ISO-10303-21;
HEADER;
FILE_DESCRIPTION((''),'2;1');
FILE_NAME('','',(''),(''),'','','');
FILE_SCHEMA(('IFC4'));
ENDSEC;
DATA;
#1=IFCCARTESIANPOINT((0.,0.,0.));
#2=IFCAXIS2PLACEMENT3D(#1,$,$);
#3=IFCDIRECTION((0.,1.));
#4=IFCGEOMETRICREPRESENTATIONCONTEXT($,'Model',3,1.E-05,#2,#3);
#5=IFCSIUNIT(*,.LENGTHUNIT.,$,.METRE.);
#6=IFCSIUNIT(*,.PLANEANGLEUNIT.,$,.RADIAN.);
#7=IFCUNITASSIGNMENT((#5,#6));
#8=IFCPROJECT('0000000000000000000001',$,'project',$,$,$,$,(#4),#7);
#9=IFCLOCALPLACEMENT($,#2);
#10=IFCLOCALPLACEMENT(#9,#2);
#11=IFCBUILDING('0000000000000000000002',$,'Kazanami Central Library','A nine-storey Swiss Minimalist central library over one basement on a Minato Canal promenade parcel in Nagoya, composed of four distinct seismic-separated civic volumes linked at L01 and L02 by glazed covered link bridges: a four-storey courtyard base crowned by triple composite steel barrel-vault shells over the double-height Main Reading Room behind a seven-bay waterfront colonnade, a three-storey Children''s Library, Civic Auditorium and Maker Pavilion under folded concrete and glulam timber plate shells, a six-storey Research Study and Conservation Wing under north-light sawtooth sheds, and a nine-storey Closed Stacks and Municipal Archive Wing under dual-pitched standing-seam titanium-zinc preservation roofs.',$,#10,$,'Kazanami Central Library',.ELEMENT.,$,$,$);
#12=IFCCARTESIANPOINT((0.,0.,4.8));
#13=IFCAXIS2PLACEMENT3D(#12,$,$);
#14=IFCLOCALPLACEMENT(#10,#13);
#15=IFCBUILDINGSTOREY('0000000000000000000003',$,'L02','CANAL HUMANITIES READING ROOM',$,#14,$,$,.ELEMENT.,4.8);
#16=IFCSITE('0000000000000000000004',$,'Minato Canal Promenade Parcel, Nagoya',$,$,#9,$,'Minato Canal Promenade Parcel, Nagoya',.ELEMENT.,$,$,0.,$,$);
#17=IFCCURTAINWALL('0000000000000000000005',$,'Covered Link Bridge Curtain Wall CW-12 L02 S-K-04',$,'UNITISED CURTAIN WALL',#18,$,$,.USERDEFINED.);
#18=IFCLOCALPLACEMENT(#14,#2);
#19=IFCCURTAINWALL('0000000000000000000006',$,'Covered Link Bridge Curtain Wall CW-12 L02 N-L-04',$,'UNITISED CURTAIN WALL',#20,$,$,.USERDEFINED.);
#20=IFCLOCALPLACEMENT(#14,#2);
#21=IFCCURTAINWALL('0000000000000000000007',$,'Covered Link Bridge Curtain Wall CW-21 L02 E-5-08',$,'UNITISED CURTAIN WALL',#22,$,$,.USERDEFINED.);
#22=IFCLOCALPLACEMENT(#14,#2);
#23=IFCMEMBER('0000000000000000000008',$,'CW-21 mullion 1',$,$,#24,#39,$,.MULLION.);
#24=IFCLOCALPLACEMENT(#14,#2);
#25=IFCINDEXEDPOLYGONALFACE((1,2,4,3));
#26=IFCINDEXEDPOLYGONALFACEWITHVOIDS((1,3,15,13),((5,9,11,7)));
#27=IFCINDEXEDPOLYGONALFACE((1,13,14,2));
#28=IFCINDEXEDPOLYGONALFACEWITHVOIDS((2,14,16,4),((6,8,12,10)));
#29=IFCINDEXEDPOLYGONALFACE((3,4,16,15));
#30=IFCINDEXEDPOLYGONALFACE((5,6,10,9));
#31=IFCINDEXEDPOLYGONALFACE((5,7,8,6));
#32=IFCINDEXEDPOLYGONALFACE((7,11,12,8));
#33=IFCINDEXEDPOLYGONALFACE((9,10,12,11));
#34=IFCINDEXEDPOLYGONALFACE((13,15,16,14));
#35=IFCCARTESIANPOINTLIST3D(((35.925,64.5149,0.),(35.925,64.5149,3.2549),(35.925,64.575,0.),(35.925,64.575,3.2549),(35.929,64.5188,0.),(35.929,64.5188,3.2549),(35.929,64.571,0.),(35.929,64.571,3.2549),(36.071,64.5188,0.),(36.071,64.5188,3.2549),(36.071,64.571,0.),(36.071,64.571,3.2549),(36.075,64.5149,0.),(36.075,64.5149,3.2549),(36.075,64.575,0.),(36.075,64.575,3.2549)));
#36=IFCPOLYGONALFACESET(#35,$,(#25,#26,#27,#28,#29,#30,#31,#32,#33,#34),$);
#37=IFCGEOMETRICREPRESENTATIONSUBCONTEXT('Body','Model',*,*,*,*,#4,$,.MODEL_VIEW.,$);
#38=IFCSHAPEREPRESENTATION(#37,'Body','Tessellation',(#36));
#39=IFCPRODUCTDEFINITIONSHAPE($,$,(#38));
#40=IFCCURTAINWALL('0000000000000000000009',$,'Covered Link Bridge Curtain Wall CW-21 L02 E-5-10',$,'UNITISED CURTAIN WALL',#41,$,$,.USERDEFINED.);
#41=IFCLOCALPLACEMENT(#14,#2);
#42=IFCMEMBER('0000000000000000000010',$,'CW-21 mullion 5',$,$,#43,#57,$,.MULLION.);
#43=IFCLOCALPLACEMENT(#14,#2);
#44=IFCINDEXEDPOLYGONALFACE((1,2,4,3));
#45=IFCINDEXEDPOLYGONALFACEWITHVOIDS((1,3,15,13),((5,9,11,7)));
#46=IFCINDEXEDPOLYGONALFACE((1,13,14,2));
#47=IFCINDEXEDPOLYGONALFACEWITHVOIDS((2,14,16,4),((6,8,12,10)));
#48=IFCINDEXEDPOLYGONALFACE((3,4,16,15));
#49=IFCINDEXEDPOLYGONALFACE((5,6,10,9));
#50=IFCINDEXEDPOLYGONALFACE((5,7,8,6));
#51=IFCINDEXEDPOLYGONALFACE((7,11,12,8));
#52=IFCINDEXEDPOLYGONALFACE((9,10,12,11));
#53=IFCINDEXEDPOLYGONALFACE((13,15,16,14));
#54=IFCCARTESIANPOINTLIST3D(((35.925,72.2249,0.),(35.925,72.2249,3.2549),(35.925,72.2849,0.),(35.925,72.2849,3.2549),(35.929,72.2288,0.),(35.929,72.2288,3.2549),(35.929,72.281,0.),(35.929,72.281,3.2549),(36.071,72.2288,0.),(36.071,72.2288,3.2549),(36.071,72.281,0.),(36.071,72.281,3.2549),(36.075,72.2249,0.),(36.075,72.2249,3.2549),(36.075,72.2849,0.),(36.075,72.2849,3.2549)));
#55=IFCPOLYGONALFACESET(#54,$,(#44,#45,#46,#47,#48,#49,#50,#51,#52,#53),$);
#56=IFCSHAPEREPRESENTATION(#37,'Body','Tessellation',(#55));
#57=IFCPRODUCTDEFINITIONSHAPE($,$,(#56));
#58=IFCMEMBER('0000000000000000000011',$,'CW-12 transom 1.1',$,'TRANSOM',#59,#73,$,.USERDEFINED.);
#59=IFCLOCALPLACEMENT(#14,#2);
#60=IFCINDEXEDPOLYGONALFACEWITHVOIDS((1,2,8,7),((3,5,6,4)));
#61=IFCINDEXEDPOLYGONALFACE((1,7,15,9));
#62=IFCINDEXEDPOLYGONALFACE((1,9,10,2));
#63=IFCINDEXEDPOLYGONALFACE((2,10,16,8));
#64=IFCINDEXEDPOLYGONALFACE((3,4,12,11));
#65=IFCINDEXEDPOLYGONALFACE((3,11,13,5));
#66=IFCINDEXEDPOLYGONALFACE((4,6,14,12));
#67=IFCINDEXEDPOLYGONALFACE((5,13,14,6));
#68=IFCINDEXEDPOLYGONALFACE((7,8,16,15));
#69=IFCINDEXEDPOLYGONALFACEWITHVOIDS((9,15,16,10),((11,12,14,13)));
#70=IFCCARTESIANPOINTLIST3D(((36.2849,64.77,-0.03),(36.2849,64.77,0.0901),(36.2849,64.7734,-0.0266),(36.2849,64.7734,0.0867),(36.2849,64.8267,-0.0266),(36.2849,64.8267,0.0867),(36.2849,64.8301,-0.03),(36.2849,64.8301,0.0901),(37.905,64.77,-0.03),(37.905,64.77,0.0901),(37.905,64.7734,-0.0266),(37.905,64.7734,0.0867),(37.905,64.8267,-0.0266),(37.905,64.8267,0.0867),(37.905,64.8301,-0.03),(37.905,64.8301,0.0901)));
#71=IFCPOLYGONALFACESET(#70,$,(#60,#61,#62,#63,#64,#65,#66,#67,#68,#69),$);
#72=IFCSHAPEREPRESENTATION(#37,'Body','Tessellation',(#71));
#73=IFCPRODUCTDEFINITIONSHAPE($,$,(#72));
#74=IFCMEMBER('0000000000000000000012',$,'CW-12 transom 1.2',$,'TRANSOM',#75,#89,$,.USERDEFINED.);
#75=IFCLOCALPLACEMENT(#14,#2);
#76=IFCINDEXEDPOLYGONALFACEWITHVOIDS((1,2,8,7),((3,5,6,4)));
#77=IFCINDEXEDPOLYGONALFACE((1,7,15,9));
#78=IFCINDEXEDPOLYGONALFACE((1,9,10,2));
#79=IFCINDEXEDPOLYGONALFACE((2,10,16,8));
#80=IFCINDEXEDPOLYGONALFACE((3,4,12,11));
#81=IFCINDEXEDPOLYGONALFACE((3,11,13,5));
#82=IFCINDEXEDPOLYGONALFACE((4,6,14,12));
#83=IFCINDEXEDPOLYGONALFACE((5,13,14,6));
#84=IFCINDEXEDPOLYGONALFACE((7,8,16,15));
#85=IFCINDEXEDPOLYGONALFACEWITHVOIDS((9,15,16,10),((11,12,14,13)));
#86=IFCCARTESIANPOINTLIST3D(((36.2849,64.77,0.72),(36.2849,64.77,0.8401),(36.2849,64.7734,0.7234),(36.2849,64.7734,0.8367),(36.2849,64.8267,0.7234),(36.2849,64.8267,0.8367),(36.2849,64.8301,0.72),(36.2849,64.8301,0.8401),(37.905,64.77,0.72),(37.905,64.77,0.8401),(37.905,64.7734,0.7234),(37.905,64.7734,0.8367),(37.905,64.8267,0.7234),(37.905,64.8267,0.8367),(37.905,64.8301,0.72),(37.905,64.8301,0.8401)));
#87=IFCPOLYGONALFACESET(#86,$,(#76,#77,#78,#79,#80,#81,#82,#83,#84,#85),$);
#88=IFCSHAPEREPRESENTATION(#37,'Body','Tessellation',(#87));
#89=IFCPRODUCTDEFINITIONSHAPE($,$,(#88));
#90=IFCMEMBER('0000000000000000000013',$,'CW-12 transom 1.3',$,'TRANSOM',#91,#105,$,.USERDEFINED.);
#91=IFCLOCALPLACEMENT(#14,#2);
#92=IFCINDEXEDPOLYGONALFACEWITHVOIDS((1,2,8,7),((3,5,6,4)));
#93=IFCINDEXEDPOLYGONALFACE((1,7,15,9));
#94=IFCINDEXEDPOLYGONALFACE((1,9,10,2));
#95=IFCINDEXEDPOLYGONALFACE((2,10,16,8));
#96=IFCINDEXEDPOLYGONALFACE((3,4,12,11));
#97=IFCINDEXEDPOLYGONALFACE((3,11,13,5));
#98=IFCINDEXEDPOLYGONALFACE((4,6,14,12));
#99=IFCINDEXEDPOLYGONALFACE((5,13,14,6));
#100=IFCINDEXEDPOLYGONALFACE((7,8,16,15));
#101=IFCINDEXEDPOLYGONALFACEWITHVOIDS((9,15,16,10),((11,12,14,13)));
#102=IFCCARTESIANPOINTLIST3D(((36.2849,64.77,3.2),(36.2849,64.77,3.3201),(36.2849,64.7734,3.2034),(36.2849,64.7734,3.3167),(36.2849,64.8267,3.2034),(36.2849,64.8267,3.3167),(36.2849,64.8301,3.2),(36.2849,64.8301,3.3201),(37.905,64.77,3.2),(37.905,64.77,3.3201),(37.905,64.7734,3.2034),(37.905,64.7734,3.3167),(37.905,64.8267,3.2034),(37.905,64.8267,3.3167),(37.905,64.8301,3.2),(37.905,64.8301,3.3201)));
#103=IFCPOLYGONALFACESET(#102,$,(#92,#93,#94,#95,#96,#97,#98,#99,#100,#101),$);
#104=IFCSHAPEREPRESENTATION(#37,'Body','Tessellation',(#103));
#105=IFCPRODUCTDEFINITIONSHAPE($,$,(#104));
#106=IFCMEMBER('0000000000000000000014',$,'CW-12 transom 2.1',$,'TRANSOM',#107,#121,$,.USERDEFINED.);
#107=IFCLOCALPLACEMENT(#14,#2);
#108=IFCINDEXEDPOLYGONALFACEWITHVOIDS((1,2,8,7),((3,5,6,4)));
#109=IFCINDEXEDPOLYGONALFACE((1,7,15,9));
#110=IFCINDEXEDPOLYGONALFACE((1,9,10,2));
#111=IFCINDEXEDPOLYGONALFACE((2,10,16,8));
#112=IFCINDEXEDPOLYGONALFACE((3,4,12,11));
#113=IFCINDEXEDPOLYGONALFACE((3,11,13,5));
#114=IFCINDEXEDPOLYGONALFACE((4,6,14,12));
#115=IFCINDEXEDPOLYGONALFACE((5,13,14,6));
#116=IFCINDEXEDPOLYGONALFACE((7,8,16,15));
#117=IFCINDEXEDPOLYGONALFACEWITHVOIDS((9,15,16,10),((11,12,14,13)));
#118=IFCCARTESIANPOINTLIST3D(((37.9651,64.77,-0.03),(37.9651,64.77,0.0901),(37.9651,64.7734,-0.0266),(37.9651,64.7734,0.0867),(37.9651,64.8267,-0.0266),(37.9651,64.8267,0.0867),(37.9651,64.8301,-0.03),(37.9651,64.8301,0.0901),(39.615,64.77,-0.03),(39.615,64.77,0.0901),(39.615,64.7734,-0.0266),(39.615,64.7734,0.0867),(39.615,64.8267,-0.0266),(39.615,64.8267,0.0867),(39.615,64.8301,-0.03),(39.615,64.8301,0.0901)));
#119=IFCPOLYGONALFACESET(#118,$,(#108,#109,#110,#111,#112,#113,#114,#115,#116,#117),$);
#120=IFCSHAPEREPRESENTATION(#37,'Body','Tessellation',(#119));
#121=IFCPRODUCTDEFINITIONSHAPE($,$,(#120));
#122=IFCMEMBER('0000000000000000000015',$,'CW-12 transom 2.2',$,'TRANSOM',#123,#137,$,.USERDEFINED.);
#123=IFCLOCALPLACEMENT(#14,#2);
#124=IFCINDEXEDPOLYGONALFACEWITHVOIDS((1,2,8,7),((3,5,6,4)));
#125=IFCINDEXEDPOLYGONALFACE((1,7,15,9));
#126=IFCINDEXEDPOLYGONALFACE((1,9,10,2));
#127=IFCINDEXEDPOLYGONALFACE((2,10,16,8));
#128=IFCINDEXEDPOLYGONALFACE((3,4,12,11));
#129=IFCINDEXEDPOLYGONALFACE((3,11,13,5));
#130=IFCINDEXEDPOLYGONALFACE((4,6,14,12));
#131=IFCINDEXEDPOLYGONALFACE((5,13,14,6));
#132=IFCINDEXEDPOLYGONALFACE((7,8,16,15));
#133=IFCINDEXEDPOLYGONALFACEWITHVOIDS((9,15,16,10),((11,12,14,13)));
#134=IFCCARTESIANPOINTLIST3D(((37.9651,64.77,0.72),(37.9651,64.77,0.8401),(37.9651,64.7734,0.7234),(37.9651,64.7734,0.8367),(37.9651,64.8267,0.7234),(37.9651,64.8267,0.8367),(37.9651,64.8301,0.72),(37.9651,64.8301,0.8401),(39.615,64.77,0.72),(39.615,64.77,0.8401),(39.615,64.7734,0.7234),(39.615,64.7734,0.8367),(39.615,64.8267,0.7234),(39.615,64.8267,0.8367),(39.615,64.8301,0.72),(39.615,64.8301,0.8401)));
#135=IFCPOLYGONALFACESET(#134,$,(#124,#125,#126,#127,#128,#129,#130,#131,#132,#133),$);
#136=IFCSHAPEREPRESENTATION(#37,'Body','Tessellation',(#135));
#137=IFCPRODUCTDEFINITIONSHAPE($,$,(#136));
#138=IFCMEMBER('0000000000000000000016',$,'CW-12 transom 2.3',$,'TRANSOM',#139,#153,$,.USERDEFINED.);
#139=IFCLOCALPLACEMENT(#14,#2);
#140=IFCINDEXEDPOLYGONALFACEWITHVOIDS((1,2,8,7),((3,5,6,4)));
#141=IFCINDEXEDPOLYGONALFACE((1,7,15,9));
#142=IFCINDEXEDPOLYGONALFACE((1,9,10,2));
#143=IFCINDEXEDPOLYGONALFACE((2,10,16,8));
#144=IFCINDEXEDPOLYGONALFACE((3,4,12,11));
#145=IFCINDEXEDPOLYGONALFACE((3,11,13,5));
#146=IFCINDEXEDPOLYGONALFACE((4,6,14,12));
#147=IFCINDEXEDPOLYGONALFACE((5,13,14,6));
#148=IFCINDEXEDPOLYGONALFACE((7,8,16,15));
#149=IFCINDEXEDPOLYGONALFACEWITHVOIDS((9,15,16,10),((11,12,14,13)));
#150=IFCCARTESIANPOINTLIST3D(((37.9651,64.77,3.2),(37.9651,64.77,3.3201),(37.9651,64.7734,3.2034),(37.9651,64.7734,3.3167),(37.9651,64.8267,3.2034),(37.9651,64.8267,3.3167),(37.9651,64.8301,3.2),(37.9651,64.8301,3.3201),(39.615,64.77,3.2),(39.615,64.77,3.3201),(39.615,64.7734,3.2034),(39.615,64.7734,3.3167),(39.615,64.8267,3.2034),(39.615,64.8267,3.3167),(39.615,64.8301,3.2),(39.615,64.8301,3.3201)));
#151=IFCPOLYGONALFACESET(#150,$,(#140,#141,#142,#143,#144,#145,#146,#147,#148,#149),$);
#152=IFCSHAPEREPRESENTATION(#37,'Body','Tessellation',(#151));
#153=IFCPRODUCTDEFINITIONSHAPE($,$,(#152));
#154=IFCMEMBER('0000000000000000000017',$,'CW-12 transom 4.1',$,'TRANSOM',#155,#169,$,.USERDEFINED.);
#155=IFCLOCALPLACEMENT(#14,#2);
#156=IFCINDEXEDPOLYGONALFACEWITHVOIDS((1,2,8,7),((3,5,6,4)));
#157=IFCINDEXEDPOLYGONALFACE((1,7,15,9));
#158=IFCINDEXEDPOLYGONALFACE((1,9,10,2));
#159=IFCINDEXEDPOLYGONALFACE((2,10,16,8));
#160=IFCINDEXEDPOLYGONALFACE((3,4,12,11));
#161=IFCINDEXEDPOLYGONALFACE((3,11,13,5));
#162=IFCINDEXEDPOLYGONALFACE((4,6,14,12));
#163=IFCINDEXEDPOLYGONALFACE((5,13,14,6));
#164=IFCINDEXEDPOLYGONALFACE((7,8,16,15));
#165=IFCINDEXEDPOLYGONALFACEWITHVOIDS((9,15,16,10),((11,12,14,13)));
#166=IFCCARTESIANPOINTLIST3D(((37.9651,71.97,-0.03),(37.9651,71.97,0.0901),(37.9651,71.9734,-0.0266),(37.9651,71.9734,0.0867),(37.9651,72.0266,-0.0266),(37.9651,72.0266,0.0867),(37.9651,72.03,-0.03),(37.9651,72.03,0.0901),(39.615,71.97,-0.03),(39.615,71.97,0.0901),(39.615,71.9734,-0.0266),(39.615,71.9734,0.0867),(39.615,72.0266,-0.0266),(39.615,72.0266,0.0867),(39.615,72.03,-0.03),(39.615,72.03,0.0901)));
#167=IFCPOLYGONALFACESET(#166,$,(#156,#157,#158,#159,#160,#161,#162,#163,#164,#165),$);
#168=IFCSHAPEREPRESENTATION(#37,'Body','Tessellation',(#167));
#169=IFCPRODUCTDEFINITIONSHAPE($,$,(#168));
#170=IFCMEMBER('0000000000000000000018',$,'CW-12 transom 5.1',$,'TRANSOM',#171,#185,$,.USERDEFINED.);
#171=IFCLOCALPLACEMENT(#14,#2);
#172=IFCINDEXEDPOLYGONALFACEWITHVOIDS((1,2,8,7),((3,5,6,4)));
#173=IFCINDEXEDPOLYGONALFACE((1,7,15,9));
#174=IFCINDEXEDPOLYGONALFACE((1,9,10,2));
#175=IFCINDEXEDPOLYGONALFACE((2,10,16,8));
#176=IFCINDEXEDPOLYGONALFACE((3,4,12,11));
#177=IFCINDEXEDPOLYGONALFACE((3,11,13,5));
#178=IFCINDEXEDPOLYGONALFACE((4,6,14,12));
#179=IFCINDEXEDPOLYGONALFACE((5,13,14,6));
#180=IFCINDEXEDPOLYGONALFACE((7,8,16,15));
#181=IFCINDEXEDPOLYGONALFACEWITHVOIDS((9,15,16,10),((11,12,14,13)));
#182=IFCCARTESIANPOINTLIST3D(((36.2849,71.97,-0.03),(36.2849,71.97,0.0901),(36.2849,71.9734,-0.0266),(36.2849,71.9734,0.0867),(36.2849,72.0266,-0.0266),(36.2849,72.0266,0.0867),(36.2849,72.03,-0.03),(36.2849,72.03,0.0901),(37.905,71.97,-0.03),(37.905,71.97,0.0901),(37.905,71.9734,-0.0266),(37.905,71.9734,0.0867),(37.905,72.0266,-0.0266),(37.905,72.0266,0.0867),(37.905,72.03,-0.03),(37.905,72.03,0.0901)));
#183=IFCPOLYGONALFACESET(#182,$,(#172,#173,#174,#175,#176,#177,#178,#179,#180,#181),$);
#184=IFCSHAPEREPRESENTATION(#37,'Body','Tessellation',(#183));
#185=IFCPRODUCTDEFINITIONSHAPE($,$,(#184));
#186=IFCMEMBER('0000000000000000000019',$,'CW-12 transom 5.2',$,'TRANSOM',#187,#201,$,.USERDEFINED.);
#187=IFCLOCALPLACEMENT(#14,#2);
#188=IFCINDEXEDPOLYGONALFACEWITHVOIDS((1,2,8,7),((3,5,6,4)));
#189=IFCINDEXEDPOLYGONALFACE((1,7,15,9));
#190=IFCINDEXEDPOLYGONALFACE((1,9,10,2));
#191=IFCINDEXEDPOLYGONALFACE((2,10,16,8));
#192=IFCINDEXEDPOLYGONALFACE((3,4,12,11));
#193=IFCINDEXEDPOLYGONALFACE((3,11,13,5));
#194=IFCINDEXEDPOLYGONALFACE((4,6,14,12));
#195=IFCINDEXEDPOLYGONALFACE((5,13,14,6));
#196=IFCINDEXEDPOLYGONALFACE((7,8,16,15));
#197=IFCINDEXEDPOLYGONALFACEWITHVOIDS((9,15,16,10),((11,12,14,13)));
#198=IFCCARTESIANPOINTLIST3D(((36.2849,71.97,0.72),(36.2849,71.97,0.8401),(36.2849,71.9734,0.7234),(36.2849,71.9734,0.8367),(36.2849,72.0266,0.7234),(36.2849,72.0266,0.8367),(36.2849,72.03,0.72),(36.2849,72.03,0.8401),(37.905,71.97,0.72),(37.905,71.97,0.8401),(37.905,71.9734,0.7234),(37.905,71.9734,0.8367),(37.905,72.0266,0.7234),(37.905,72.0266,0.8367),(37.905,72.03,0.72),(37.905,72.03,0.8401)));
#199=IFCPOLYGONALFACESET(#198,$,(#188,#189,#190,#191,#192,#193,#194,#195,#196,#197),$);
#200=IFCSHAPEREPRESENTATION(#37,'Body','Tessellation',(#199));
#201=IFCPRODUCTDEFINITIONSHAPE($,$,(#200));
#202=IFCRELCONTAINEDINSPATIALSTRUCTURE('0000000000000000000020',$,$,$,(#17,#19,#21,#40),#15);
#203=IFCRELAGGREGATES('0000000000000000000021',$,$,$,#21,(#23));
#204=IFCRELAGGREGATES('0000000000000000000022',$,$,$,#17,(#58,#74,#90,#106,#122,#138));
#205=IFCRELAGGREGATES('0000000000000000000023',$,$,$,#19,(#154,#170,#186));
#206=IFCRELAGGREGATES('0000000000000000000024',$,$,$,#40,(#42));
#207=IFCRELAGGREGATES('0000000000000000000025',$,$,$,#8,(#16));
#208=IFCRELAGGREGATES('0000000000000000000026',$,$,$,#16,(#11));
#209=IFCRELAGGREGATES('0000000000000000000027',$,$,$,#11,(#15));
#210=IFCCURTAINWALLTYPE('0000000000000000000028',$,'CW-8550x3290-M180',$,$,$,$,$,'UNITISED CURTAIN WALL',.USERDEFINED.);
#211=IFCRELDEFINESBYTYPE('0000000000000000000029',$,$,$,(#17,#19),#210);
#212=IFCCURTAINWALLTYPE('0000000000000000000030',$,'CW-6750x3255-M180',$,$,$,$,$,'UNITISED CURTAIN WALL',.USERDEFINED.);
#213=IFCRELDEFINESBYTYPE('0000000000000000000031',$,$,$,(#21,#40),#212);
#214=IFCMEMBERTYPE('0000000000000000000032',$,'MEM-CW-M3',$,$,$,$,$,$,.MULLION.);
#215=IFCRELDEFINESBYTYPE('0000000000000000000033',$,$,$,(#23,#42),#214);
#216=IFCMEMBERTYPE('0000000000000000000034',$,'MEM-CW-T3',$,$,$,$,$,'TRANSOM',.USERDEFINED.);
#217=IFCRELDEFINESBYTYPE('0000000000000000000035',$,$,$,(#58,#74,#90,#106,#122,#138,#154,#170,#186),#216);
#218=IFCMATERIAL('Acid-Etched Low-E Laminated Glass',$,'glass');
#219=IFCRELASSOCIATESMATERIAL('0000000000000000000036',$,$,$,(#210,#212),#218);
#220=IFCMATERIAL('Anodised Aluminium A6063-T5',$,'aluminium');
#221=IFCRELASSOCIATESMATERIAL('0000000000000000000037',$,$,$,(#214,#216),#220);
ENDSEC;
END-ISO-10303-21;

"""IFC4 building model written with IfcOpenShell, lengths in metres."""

from ifc_helpers import new_model, si_unit, direction, frame, origin, origin_2d, place, context, subcontext, project, spatial, hollow_rectangle, extrude, material, material_profile, profile_set, type_object, element, aggregate, save


model = new_model("IFC4")

# Units and contexts
model_context = context("Model", 3, precision=1e-05, world=origin(), true_north=direction((0.0, 1.0)))
body_context = subcontext(model_context, "Body", "Model", "MODEL_VIEW")
ifc_project = project(units=[si_unit("LENGTHUNIT", "METRE"), si_unit("PLANEANGLEUNIT", "RADIAN")], contexts=[model_context])

# Site, building, storey
site_placement = place(None, origin())
site = spatial("IfcSite", under=ifc_project, at=site_placement, Name="Minato Canal Promenade Parcel, Nagoya", LongName="Minato Canal Promenade Parcel, Nagoya", CompositionType="ELEMENT", RefElevation=0.0)
building_placement = place(site_placement, origin())
building = spatial("IfcBuilding", under=site, at=building_placement, Name="Kazanami Central Library", Description="A nine-storey Swiss Minimalist central library over one basement on a Minato Canal promenade parcel in Nagoya, composed of four distinct seismic-separated civic volumes linked at L01 and L02 by glazed covered link bridges: a four-storey courtyard base crowned by triple composite steel barrel-vault shells over the double-height Main Reading Room behind a seven-bay waterfront colonnade, a three-storey Children's Library, Civic Auditorium and Maker Pavilion under folded concrete and glulam timber plate shells, a six-storey Research Study and Conservation Wing under north-light sawtooth sheds, and a nine-storey Closed Stacks and Municipal Archive Wing under dual-pitched standing-seam titanium-zinc preservation roofs.", LongName="Kazanami Central Library", CompositionType="ELEMENT")
storey_placement = place(building_placement, frame((0.0, 0.0, 4.8)))
storey = spatial("IfcBuildingStorey", under=building, at=storey_placement, Name="L02", Description="CANAL HUMANITIES READING ROOM", CompositionType="ELEMENT", Elevation=4.8)

# Curtain walls
ifc_material_1 = material(Name="Acid-Etched Low-E Laminated Glass", Category="glass")
curtain_wall_type_1 = type_object("IfcCurtainWallType", Name="CW-8550x3290-M180", ElementType="UNITISED CURTAIN WALL", PredefinedType="USERDEFINED", material=ifc_material_1)
curtain_wall_1_placement = place(storey_placement, origin())
curtain_wall_1 = element("IfcCurtainWall", 1, at=curtain_wall_1_placement, inside=storey, type_object=curtain_wall_type_1, Name="Covered Link Bridge Curtain Wall CW-12 L02 S-K-04", ObjectType="UNITISED CURTAIN WALL", PredefinedType="USERDEFINED")
ifc_material_2 = material(Name="Anodised Aluminium A6063-T5", Category="aluminium")
ifc_material_profile_1 = material_profile(ifc_material_2, hollow_rectangle(XDim=0.0601, YDim=0.1499, WallThickness=0.0039, at=origin_2d()), Name="ALU-MULL-60x150x4")
ifc_profile_set_1 = profile_set([ifc_material_profile_1], Name="Anodised Aluminium A6063-T5")
member_type_1 = type_object("IfcMemberType", Name="MEM-CW-M3", PredefinedType="MULLION", material=ifc_profile_set_1)
curtain_wall_2_placement = place(storey_placement, origin())
curtain_wall_2 = element("IfcCurtainWall", 2, at=curtain_wall_2_placement, inside=storey, type_object=curtain_wall_type_1, Name="Covered Link Bridge Curtain Wall CW-12 L02 N-L-04", ObjectType="UNITISED CURTAIN WALL", PredefinedType="USERDEFINED")

# Curtain walls, members
curtain_wall_type_2 = type_object("IfcCurtainWallType", Name="CW-6750x3255-M180", ElementType="UNITISED CURTAIN WALL", PredefinedType="USERDEFINED", material=ifc_material_1)
curtain_wall_3_placement = place(storey_placement, origin())
curtain_wall_3 = element("IfcCurtainWall", 3, at=curtain_wall_3_placement, inside=storey, type_object=curtain_wall_type_2, Name="Covered Link Bridge Curtain Wall CW-21 L02 E-5-08", ObjectType="UNITISED CURTAIN WALL", PredefinedType="USERDEFINED")
member_1_placement = place(storey_placement, frame((36.0, 64.5449, 0.0), z_axis=(0.0, 0.0, 1.0), x_axis=(0.0, -1.0, 0.0)))
member_1 = element("IfcMember", 4, at=member_1_placement, type_object=member_type_1, Name="CW-21 mullion 1", PredefinedType="MULLION", context=body_context, shape_type="SweptSolid", body=[
    extrude(hollow_rectangle(XDim=0.0601, YDim=0.1499, WallThickness=0.0039, at=origin_2d()), origin(), (0.0, 0.0, 1.0), 3.2549),
])
curtain_wall_4_placement = place(storey_placement, origin())
curtain_wall_4 = element("IfcCurtainWall", 5, at=curtain_wall_4_placement, inside=storey, type_object=curtain_wall_type_2, Name="Covered Link Bridge Curtain Wall CW-21 L02 E-5-10", ObjectType="UNITISED CURTAIN WALL", PredefinedType="USERDEFINED")
member_2_placement = place(storey_placement, frame((36.0, 72.2549, 0.0), z_axis=(0.0, 0.0, 1.0), x_axis=(0.0, -1.0, 0.0)))
member_2 = element("IfcMember", 6, at=member_2_placement, type_object=member_type_1, Name="CW-21 mullion 5", PredefinedType="MULLION", context=body_context, shape_type="SweptSolid", body=[
    extrude(hollow_rectangle(XDim=0.0601, YDim=0.1499, WallThickness=0.0039, at=origin_2d()), origin(), (0.0, 0.0, 1.0), 3.2549),
])

# Members
ifc_material_profile_2 = material_profile(ifc_material_2, hollow_rectangle(XDim=0.0601, YDim=0.1201, WallThickness=0.0034, at=origin_2d()), Name="ALU-TRAN-60x120x3.5")
ifc_profile_set_2 = profile_set([ifc_material_profile_2], Name="Anodised Aluminium A6063-T5")
member_type_2 = type_object("IfcMemberType", Name="MEM-CW-T3", ElementType="TRANSOM", PredefinedType="USERDEFINED", material=ifc_profile_set_2)
member_3_placement = place(storey_placement, frame((36.2849, 64.8, 0.03), z_axis=(1.0, 0.0, 0.0), x_axis=(0.0, 1.0, 0.0)))
member_3 = element("IfcMember", 7, at=member_3_placement, type_object=member_type_2, Name="CW-12 transom 1.1", ObjectType="TRANSOM", PredefinedType="USERDEFINED", context=body_context, shape_type="SweptSolid", body=[
    extrude(hollow_rectangle(XDim=0.0601, YDim=0.1201, WallThickness=0.0034, at=origin_2d()), origin(), (0.0, 0.0, 1.0), 1.6201),
])
member_4_placement = place(storey_placement, frame((36.2849, 64.8, 0.78), z_axis=(1.0, 0.0, 0.0), x_axis=(0.0, 1.0, 0.0)))
member_4 = element("IfcMember", 8, at=member_4_placement, type_object=member_type_2, Name="CW-12 transom 1.2", ObjectType="TRANSOM", PredefinedType="USERDEFINED", context=body_context, shape_type="SweptSolid", body=[
    extrude(hollow_rectangle(XDim=0.0601, YDim=0.1201, WallThickness=0.0034, at=origin_2d()), origin(), (0.0, 0.0, 1.0), 1.6201),
])
member_5_placement = place(storey_placement, frame((36.2849, 64.8, 3.26), z_axis=(1.0, 0.0, 0.0), x_axis=(0.0, 1.0, 0.0)))
member_5 = element("IfcMember", 9, at=member_5_placement, type_object=member_type_2, Name="CW-12 transom 1.3", ObjectType="TRANSOM", PredefinedType="USERDEFINED", context=body_context, shape_type="SweptSolid", body=[
    extrude(hollow_rectangle(XDim=0.0601, YDim=0.1201, WallThickness=0.0034, at=origin_2d()), origin(), (0.0, 0.0, 1.0), 1.6201),
])
member_6_placement = place(storey_placement, frame((37.9651, 64.8, 0.03), z_axis=(1.0, 0.0, 0.0), x_axis=(0.0, 1.0, 0.0)))
member_6 = element("IfcMember", 10, at=member_6_placement, type_object=member_type_2, Name="CW-12 transom 2.1", ObjectType="TRANSOM", PredefinedType="USERDEFINED", context=body_context, shape_type="SweptSolid", body=[
    extrude(hollow_rectangle(XDim=0.0601, YDim=0.1201, WallThickness=0.0034, at=origin_2d()), origin(), (0.0, 0.0, 1.0), 1.6499),
])
member_7_placement = place(storey_placement, frame((37.9651, 64.8, 0.78), z_axis=(1.0, 0.0, 0.0), x_axis=(0.0, 1.0, 0.0)))
member_7 = element("IfcMember", 11, at=member_7_placement, type_object=member_type_2, Name="CW-12 transom 2.2", ObjectType="TRANSOM", PredefinedType="USERDEFINED", context=body_context, shape_type="SweptSolid", body=[
    extrude(hollow_rectangle(XDim=0.0601, YDim=0.1201, WallThickness=0.0034, at=origin_2d()), origin(), (0.0, 0.0, 1.0), 1.6499),
])
member_8_placement = place(storey_placement, frame((37.9651, 64.8, 3.26), z_axis=(1.0, 0.0, 0.0), x_axis=(0.0, 1.0, 0.0)))
member_8 = element("IfcMember", 12, at=member_8_placement, type_object=member_type_2, Name="CW-12 transom 2.3", ObjectType="TRANSOM", PredefinedType="USERDEFINED", context=body_context, shape_type="SweptSolid", body=[
    extrude(hollow_rectangle(XDim=0.0601, YDim=0.1201, WallThickness=0.0034, at=origin_2d()), origin(), (0.0, 0.0, 1.0), 1.6499),
])
member_9_placement = place(storey_placement, frame((39.615, 72.0, 0.03), z_axis=(-1.0, 0.0, 0.0), x_axis=(0.0, -1.0, 0.0)))
member_9 = element("IfcMember", 13, at=member_9_placement, type_object=member_type_2, Name="CW-12 transom 4.1", ObjectType="TRANSOM", PredefinedType="USERDEFINED", context=body_context, shape_type="SweptSolid", body=[
    extrude(hollow_rectangle(XDim=0.0601, YDim=0.1201, WallThickness=0.0034, at=origin_2d()), origin(), (0.0, 0.0, 1.0), 1.6499),
])
member_10_placement = place(storey_placement, frame((37.905, 72.0, 0.03), z_axis=(-1.0, 0.0, 0.0), x_axis=(0.0, -1.0, 0.0)))
member_10 = element("IfcMember", 14, at=member_10_placement, type_object=member_type_2, Name="CW-12 transom 5.1", ObjectType="TRANSOM", PredefinedType="USERDEFINED", context=body_context, shape_type="SweptSolid", body=[
    extrude(hollow_rectangle(XDim=0.0601, YDim=0.1201, WallThickness=0.0034, at=origin_2d()), origin(), (0.0, 0.0, 1.0), 1.6201),
])
member_11_placement = place(storey_placement, frame((37.905, 72.0, 0.78), z_axis=(-1.0, 0.0, 0.0), x_axis=(0.0, -1.0, 0.0)))
member_11 = element("IfcMember", 15, at=member_11_placement, type_object=member_type_2, Name="CW-12 transom 5.2", ObjectType="TRANSOM", PredefinedType="USERDEFINED", context=body_context, shape_type="SweptSolid", body=[
    extrude(hollow_rectangle(XDim=0.0601, YDim=0.1201, WallThickness=0.0034, at=origin_2d()), origin(), (0.0, 0.0, 1.0), 1.6201),
])
aggregate(curtain_wall_3, [member_1])

aggregate(curtain_wall_1, [member_3, member_4, member_5, member_6, member_7, member_8])
aggregate(curtain_wall_2, [member_9, member_10, member_11])
aggregate(curtain_wall_4, [member_2])

save(model, "model.ifc")
